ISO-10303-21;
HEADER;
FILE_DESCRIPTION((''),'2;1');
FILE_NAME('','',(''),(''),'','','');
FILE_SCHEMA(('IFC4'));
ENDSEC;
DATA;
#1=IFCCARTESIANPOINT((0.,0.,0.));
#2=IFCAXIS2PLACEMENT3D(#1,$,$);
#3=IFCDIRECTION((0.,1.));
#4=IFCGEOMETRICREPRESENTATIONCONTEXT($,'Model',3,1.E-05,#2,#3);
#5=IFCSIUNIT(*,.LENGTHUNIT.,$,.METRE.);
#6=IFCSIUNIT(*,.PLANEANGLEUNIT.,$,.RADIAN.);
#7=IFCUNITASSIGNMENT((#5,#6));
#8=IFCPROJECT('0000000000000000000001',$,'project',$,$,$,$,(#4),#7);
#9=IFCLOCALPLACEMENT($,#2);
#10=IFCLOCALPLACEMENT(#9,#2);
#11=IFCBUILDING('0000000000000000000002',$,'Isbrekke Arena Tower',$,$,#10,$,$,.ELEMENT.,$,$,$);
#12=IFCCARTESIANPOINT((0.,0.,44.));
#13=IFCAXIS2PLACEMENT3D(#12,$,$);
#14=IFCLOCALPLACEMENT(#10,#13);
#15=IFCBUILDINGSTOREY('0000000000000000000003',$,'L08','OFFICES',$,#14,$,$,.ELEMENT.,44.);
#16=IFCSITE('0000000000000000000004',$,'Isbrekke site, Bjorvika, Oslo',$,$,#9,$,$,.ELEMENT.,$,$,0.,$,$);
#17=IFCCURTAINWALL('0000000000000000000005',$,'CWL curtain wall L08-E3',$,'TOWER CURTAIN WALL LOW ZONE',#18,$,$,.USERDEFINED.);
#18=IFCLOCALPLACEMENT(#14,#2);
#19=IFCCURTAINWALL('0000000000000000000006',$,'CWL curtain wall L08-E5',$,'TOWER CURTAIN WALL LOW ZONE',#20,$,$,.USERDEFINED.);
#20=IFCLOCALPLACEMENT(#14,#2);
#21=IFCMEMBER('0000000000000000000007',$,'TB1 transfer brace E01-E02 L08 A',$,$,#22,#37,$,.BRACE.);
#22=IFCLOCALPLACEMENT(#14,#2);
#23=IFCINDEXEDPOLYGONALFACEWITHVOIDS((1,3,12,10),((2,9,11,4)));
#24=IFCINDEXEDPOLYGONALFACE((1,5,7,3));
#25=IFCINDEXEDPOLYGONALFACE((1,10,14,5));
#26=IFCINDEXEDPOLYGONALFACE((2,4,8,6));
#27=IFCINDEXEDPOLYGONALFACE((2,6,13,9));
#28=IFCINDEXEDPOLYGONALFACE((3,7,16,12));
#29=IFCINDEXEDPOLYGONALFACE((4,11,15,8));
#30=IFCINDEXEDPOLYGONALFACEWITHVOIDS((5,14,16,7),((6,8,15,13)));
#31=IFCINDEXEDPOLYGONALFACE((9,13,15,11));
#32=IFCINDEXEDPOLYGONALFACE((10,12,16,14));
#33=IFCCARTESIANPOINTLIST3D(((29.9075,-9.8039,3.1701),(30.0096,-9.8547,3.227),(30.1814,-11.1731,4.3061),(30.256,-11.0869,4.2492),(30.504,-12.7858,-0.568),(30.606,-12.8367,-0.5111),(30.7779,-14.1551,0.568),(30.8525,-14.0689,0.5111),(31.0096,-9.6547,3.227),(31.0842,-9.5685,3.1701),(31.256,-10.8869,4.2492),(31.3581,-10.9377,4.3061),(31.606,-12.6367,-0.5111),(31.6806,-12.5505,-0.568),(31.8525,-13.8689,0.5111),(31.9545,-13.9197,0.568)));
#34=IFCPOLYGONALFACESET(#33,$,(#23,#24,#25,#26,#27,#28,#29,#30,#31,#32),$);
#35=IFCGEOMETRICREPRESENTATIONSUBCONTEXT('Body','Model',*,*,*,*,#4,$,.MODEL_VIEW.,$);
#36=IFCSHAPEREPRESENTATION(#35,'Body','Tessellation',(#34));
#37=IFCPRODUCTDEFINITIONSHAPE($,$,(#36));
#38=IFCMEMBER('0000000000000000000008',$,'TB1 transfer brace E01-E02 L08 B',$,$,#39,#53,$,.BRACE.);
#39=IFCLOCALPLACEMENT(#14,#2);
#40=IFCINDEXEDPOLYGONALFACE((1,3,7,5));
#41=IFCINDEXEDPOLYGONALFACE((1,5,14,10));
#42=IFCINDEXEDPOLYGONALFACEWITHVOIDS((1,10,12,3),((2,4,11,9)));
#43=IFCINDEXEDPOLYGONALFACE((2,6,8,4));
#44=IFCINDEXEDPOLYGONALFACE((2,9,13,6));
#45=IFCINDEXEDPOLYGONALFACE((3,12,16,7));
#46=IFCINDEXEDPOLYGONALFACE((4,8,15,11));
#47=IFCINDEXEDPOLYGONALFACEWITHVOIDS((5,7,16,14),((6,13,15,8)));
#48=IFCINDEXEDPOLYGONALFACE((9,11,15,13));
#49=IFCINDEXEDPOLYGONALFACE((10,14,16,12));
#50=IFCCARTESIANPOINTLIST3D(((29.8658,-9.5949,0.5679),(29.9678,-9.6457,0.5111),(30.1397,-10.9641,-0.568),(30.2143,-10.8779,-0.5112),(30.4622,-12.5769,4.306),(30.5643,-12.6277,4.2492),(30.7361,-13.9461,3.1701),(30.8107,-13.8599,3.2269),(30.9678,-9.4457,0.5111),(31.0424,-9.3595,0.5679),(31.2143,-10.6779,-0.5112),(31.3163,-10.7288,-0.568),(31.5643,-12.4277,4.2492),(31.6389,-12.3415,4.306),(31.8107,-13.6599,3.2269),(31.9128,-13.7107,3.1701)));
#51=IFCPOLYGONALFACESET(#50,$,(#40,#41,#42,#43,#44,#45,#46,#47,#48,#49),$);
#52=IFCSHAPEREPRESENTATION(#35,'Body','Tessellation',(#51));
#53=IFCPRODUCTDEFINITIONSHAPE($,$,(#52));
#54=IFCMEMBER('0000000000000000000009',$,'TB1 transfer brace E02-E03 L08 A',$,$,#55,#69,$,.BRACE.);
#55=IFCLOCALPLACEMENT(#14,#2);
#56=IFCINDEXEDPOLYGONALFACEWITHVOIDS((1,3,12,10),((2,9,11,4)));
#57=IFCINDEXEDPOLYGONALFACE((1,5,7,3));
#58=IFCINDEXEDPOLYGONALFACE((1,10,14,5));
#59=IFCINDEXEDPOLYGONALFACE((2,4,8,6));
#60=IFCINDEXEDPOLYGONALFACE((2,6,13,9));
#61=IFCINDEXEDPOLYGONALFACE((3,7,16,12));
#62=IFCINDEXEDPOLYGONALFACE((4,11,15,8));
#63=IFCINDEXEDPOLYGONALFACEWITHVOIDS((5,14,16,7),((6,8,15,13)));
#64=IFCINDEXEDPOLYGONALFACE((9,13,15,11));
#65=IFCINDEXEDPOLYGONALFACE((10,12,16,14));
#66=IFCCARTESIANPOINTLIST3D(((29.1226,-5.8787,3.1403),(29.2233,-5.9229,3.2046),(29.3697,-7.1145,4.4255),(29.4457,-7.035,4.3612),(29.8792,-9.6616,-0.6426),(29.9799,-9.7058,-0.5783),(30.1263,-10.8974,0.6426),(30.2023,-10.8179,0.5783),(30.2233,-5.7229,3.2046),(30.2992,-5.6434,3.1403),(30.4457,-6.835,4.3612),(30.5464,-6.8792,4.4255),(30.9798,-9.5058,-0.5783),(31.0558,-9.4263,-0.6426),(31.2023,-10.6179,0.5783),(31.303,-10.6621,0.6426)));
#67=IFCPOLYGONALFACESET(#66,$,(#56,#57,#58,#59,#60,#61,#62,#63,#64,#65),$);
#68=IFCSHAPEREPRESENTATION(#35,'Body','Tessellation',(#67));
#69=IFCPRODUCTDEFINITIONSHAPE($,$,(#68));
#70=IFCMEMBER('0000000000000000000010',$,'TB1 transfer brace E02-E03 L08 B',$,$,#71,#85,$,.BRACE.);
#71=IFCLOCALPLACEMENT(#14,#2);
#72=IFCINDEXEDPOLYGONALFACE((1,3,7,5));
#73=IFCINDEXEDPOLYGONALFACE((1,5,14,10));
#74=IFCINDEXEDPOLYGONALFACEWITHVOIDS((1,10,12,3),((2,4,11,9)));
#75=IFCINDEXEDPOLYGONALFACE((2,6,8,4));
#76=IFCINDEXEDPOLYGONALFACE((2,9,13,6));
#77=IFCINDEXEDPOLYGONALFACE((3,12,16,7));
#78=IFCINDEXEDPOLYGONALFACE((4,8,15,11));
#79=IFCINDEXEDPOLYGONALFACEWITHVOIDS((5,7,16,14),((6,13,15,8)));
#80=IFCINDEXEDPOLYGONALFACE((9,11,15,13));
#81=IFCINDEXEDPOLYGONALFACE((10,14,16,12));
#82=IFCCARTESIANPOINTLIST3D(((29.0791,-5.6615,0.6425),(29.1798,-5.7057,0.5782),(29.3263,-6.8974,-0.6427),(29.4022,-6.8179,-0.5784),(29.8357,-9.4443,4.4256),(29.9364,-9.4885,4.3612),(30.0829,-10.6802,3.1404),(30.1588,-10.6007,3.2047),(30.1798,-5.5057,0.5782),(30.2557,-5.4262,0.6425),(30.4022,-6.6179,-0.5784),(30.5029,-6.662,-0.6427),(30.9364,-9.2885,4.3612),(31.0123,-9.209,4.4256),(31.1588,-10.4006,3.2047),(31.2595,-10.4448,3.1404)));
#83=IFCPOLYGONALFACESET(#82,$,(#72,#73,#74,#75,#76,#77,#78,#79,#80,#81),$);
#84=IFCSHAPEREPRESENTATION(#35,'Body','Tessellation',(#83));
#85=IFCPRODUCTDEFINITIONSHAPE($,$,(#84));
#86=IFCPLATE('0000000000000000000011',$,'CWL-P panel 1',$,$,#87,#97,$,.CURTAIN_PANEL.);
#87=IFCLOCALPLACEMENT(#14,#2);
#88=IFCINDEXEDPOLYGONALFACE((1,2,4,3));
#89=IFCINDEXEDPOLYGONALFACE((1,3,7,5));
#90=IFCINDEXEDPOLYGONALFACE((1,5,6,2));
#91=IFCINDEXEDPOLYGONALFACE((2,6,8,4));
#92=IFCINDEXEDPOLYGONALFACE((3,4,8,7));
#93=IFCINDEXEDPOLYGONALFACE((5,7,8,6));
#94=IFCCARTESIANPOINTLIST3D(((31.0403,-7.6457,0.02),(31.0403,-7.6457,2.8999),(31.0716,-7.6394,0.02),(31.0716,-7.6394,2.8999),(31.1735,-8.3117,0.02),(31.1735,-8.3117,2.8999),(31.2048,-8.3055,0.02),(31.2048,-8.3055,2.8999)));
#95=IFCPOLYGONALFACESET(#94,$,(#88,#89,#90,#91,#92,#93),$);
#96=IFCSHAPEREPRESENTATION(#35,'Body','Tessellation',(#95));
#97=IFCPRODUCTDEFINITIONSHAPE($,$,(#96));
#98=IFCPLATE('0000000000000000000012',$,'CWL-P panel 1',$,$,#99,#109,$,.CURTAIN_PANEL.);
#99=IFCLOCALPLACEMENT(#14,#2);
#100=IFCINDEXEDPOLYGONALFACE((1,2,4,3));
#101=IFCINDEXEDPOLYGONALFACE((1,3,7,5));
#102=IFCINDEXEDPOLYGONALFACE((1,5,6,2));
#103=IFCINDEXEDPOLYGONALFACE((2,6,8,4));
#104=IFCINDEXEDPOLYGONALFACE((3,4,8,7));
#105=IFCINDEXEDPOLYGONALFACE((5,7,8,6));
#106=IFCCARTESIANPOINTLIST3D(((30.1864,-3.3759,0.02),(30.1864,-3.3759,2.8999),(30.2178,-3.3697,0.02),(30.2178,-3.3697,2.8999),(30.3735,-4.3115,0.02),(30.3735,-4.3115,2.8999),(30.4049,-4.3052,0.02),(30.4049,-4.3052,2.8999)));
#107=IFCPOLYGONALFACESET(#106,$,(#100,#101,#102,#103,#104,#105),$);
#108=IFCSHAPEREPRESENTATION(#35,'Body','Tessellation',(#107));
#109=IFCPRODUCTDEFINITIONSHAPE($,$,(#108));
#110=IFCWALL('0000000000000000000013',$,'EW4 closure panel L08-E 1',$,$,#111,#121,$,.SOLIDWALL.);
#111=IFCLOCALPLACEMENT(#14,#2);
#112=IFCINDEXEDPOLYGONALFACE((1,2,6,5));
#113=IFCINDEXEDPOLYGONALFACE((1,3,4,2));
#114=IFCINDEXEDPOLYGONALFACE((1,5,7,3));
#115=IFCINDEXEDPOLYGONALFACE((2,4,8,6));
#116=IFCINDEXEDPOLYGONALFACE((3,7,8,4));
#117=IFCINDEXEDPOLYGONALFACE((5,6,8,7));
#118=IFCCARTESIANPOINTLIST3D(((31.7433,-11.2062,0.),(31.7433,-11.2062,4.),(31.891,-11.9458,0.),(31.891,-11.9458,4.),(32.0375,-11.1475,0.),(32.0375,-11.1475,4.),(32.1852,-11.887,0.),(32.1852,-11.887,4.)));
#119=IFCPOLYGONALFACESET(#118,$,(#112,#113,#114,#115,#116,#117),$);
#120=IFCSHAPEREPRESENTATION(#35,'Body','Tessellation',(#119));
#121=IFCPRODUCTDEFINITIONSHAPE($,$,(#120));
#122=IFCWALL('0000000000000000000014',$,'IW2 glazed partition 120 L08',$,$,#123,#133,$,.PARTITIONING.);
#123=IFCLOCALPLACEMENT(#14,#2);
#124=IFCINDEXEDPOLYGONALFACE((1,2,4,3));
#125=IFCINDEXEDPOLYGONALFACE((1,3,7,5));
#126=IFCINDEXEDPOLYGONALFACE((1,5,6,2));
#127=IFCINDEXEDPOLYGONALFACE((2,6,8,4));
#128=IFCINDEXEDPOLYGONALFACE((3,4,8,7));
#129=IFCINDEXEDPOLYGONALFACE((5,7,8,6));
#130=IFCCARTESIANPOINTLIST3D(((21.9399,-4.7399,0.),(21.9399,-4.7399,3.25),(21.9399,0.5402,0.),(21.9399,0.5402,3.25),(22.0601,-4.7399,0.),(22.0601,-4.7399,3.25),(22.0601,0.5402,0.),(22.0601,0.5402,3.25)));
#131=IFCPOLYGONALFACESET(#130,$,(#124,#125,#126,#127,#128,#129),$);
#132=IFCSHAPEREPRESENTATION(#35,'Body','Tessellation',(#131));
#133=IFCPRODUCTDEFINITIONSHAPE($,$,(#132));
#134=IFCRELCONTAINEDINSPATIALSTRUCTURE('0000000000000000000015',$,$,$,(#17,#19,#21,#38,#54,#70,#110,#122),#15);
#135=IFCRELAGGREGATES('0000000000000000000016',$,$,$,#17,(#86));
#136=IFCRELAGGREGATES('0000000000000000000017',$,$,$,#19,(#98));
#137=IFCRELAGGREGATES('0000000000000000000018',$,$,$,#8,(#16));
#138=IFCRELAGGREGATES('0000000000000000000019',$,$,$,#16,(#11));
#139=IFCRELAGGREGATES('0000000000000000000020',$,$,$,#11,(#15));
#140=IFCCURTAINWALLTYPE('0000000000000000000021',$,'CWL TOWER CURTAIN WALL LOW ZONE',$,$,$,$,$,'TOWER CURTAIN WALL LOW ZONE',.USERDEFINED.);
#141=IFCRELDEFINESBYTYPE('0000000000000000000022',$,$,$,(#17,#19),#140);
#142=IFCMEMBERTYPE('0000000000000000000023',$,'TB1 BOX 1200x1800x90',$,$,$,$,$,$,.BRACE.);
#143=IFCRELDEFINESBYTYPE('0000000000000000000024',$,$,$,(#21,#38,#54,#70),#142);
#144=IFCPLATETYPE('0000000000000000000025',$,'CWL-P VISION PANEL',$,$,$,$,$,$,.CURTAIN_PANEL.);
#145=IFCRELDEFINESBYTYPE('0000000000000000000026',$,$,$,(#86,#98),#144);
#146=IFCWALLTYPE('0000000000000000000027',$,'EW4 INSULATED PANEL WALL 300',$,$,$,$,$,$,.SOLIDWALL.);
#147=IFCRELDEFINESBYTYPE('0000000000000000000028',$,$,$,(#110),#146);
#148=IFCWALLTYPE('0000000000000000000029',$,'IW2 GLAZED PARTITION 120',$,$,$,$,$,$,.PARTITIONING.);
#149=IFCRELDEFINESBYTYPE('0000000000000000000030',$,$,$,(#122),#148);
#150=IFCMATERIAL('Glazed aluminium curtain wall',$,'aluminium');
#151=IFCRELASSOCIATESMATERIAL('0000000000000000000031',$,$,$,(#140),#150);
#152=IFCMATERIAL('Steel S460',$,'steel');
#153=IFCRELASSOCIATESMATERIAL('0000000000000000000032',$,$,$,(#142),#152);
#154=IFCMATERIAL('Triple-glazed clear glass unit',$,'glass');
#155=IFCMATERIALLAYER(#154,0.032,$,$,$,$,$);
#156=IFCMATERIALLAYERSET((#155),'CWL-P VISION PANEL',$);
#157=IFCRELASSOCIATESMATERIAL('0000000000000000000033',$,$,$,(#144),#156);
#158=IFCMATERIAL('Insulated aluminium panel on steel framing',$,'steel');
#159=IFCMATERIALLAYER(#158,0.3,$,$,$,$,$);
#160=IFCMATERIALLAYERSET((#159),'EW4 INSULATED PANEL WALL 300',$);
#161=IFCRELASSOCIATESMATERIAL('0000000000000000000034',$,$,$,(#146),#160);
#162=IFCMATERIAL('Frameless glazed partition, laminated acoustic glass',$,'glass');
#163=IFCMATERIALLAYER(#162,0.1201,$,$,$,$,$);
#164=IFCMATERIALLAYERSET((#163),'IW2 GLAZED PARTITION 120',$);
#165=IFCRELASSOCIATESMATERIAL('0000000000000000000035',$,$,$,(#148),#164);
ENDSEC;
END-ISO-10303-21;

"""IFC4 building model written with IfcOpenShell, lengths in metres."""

from ifc_helpers import new_model, si_unit, direction, frame, frame_2d, origin, origin_2d, place, context, subcontext, project, spatial, rectangle, hollow_rectangle, extrude, material, layer, layer_set, material_profile, profile_set, type_object, element, aggregate, save


model = new_model("IFC4")

# Units and contexts
model_context = context("Model", 3, precision=1e-05, world=origin(), true_north=direction((0.0, 1.0)))
body_context = subcontext(model_context, "Body", "Model", "MODEL_VIEW")
ifc_project = project(units=[si_unit("LENGTHUNIT", "METRE"), si_unit("PLANEANGLEUNIT", "RADIAN")], contexts=[model_context])

# Site, building, storey
site_placement = place(None, origin())
site = spatial("IfcSite", under=ifc_project, at=site_placement, Name="Isbrekke site, Bjorvika, Oslo", CompositionType="ELEMENT", RefElevation=0.0)
building_placement = place(site_placement, origin())
building = spatial("IfcBuilding", under=site, at=building_placement, Name="Isbrekke Arena Tower", CompositionType="ELEMENT")
storey_placement = place(building_placement, frame((0.0, 0.0, 44.0)))
storey = spatial("IfcBuildingStorey", under=building, at=storey_placement, Name="L08", Description="OFFICES", CompositionType="ELEMENT", Elevation=44.0)

# Curtain walls
ifc_material_1 = material(Name="Glazed aluminium curtain wall", Category="aluminium")
curtain_wall_type = type_object("IfcCurtainWallType", Name="CWL TOWER CURTAIN WALL LOW ZONE", ElementType="TOWER CURTAIN WALL LOW ZONE", PredefinedType="USERDEFINED", material=ifc_material_1)
curtain_wall_1_placement = place(storey_placement, origin())
curtain_wall_1 = element("IfcCurtainWall", 1, at=curtain_wall_1_placement, inside=storey, type_object=curtain_wall_type, Name="CWL curtain wall L08-E3", ObjectType="TOWER CURTAIN WALL LOW ZONE", PredefinedType="USERDEFINED")
curtain_wall_2_placement = place(storey_placement, origin())
curtain_wall_2 = element("IfcCurtainWall", 2, at=curtain_wall_2_placement, inside=storey, type_object=curtain_wall_type, Name="CWL curtain wall L08-E5", ObjectType="TOWER CURTAIN WALL LOW ZONE", PredefinedType="USERDEFINED")

# Members
ifc_material_2 = material(Name="Steel S460", Category="steel")
ifc_material_profile_1 = material_profile(ifc_material_2, hollow_rectangle(XDim=1.2, YDim=1.8, WallThickness=0.0901, at=origin_2d()), Name="BOX 1200x1800x90")
ifc_profile_set_1 = profile_set([ifc_material_profile_1], Name="Steel S460")
member_type_1 = type_object("IfcMemberType", Name="TB1 BOX 1200x1800x90", PredefinedType="BRACE", material=ifc_profile_set_1)
for number, where, z_axis, x_axis, name in (
    (3, (31.2292, -13.3528, 0.0), (-0.123773, 0.618816, 0.775724), (-0.980578, -0.196132, 0.0), "TB1 transfer brace E01-E02 L08 A"),
    (4, (31.1875, -13.1438, 3.738), (-0.123773, 0.618816, -0.775724), (-0.980578, -0.196132, 0.0), "TB1 transfer brace E01-E02 L08 B"),
):
    element("IfcMember", number, at=place(storey_placement, frame(where, z_axis=z_axis, x_axis=x_axis)), inside=storey, type_object=member_type_1, Name=name, PredefinedType="BRACE", context=body_context, shape_type="SweptSolid", body=[
        extrude(hollow_rectangle(XDim=1.2, YDim=1.8, WallThickness=0.0901, at=origin_2d()), origin(), (0.0, 0.0, 1.0), 4.8188),
    ])
for number, where, z_axis, x_axis, name in (
    (5, (30.5911, -10.1619, 0.0), (-0.140028, 0.70014, 0.70014), (-0.980581, -0.196116, 0.0), "TB1 transfer brace E02-E03 L08 A"),
    (6, (30.5476, -9.9446, 3.783), (-0.140032, 0.700117, -0.700162), (-0.980578, -0.196128, 0.0), "TB1 transfer brace E02-E03 L08 B"),
):
    element("IfcMember", number, at=place(storey_placement, frame(where, z_axis=z_axis, x_axis=x_axis)), inside=storey, type_object=member_type_1, Name=name, PredefinedType="BRACE", context=body_context, shape_type="SweptSolid", body=[
        extrude(hollow_rectangle(XDim=1.2, YDim=1.8, WallThickness=0.0901, at=origin_2d()), origin(), (0.0, 0.0, 1.0), 5.4031),
    ])

# Plates
ifc_material_3 = material(Name="Triple-glazed clear glass unit", Category="glass")
ifc_layer_1 = layer(ifc_material_3, 0.032)
ifc_layer_set_1 = layer_set([ifc_layer_1], Name="CWL-P VISION PANEL")
plate_type = type_object("IfcPlateType", Name="CWL-P VISION PANEL", PredefinedType="CURTAIN_PANEL", material=ifc_layer_set_1)
plate_1_placement = place(storey_placement, frame((31.1226, -7.9756, 0.02), z_axis=(0.0, 0.0, 1.0), x_axis=(-0.196116, 0.980581, 0.0)))
plate_1 = element("IfcPlate", 7, at=plate_1_placement, type_object=plate_type, Name="CWL-P panel 1", PredefinedType="CURTAIN_PANEL", context=body_context, shape_type="SweptSolid", body=[
    extrude(rectangle(XDim=0.6792, YDim=0.032, at=origin_2d()), origin(), (0.0, 0.0, 1.0), 2.8799),
])
aggregate(curtain_wall_1, [plate_1])
plate_2_placement = place(storey_placement, frame((30.2957, -3.8406, 0.02), z_axis=(0.0, 0.0, 1.0), x_axis=(-0.196116, 0.980581, 0.0)))
plate_2 = element("IfcPlate", 8, at=plate_2_placement, type_object=plate_type, Name="CWL-P panel 1", PredefinedType="CURTAIN_PANEL", context=body_context, shape_type="SweptSolid", body=[
    extrude(rectangle(XDim=0.9541, YDim=0.032, at=origin_2d()), origin(), (0.0, 0.0, 1.0), 2.8799),
])
aggregate(curtain_wall_2, [plate_2])

# Walls
ifc_material_4 = material(Name="Insulated aluminium panel on steel framing", Category="steel")
ifc_layer_2 = layer(ifc_material_4, 0.3)
ifc_layer_set_2 = layer_set([ifc_layer_2], Name="EW4 INSULATED PANEL WALL 300")
wall_type_1 = type_object("IfcWallType", Name="EW4 INSULATED PANEL WALL 300", PredefinedType="SOLIDWALL", material=ifc_layer_set_2)
wall_1_placement = place(storey_placement, frame((32.0381, -11.9163, 0.0), z_axis=(0.0, 0.0, 1.0), x_axis=(-0.195867, 0.98063, 0.0)))
element("IfcWall", 9, at=wall_1_placement, inside=storey, type_object=wall_type_1, Name="EW4 closure panel L08-E 1", PredefinedType="SOLIDWALL", context=body_context, shape_type="SweptSolid", body=[
    extrude(rectangle(XDim=0.7542, YDim=0.3, at=frame_2d((0.377, 0.0))), origin(), (0.0, 0.0, 1.0), 4.0),
])
ifc_material_5 = material(Name="Frameless glazed partition, laminated acoustic glass", Category="glass")
ifc_layer_3 = layer(ifc_material_5, 0.1201)
ifc_layer_set_3 = layer_set([ifc_layer_3], Name="IW2 GLAZED PARTITION 120")
wall_type_2 = type_object("IfcWallType", Name="IW2 GLAZED PARTITION 120", PredefinedType="PARTITIONING", material=ifc_layer_set_3)
wall_2_placement = place(storey_placement, frame((22.0, -4.74, 0.0), z_axis=(0.0, 0.0, 1.0), x_axis=(0.0, 1.0, 0.0)))
element("IfcWall", 10, at=wall_2_placement, inside=storey, type_object=wall_type_2, Name="IW2 glazed partition 120 L08", PredefinedType="PARTITIONING", context=body_context, shape_type="SweptSolid", body=[
    extrude(rectangle(XDim=5.28, YDim=0.1201, at=frame_2d((2.6401, 0.0))), origin(), (0.0, 0.0, 1.0), 3.25),
])

save(model, "model.ifc")
